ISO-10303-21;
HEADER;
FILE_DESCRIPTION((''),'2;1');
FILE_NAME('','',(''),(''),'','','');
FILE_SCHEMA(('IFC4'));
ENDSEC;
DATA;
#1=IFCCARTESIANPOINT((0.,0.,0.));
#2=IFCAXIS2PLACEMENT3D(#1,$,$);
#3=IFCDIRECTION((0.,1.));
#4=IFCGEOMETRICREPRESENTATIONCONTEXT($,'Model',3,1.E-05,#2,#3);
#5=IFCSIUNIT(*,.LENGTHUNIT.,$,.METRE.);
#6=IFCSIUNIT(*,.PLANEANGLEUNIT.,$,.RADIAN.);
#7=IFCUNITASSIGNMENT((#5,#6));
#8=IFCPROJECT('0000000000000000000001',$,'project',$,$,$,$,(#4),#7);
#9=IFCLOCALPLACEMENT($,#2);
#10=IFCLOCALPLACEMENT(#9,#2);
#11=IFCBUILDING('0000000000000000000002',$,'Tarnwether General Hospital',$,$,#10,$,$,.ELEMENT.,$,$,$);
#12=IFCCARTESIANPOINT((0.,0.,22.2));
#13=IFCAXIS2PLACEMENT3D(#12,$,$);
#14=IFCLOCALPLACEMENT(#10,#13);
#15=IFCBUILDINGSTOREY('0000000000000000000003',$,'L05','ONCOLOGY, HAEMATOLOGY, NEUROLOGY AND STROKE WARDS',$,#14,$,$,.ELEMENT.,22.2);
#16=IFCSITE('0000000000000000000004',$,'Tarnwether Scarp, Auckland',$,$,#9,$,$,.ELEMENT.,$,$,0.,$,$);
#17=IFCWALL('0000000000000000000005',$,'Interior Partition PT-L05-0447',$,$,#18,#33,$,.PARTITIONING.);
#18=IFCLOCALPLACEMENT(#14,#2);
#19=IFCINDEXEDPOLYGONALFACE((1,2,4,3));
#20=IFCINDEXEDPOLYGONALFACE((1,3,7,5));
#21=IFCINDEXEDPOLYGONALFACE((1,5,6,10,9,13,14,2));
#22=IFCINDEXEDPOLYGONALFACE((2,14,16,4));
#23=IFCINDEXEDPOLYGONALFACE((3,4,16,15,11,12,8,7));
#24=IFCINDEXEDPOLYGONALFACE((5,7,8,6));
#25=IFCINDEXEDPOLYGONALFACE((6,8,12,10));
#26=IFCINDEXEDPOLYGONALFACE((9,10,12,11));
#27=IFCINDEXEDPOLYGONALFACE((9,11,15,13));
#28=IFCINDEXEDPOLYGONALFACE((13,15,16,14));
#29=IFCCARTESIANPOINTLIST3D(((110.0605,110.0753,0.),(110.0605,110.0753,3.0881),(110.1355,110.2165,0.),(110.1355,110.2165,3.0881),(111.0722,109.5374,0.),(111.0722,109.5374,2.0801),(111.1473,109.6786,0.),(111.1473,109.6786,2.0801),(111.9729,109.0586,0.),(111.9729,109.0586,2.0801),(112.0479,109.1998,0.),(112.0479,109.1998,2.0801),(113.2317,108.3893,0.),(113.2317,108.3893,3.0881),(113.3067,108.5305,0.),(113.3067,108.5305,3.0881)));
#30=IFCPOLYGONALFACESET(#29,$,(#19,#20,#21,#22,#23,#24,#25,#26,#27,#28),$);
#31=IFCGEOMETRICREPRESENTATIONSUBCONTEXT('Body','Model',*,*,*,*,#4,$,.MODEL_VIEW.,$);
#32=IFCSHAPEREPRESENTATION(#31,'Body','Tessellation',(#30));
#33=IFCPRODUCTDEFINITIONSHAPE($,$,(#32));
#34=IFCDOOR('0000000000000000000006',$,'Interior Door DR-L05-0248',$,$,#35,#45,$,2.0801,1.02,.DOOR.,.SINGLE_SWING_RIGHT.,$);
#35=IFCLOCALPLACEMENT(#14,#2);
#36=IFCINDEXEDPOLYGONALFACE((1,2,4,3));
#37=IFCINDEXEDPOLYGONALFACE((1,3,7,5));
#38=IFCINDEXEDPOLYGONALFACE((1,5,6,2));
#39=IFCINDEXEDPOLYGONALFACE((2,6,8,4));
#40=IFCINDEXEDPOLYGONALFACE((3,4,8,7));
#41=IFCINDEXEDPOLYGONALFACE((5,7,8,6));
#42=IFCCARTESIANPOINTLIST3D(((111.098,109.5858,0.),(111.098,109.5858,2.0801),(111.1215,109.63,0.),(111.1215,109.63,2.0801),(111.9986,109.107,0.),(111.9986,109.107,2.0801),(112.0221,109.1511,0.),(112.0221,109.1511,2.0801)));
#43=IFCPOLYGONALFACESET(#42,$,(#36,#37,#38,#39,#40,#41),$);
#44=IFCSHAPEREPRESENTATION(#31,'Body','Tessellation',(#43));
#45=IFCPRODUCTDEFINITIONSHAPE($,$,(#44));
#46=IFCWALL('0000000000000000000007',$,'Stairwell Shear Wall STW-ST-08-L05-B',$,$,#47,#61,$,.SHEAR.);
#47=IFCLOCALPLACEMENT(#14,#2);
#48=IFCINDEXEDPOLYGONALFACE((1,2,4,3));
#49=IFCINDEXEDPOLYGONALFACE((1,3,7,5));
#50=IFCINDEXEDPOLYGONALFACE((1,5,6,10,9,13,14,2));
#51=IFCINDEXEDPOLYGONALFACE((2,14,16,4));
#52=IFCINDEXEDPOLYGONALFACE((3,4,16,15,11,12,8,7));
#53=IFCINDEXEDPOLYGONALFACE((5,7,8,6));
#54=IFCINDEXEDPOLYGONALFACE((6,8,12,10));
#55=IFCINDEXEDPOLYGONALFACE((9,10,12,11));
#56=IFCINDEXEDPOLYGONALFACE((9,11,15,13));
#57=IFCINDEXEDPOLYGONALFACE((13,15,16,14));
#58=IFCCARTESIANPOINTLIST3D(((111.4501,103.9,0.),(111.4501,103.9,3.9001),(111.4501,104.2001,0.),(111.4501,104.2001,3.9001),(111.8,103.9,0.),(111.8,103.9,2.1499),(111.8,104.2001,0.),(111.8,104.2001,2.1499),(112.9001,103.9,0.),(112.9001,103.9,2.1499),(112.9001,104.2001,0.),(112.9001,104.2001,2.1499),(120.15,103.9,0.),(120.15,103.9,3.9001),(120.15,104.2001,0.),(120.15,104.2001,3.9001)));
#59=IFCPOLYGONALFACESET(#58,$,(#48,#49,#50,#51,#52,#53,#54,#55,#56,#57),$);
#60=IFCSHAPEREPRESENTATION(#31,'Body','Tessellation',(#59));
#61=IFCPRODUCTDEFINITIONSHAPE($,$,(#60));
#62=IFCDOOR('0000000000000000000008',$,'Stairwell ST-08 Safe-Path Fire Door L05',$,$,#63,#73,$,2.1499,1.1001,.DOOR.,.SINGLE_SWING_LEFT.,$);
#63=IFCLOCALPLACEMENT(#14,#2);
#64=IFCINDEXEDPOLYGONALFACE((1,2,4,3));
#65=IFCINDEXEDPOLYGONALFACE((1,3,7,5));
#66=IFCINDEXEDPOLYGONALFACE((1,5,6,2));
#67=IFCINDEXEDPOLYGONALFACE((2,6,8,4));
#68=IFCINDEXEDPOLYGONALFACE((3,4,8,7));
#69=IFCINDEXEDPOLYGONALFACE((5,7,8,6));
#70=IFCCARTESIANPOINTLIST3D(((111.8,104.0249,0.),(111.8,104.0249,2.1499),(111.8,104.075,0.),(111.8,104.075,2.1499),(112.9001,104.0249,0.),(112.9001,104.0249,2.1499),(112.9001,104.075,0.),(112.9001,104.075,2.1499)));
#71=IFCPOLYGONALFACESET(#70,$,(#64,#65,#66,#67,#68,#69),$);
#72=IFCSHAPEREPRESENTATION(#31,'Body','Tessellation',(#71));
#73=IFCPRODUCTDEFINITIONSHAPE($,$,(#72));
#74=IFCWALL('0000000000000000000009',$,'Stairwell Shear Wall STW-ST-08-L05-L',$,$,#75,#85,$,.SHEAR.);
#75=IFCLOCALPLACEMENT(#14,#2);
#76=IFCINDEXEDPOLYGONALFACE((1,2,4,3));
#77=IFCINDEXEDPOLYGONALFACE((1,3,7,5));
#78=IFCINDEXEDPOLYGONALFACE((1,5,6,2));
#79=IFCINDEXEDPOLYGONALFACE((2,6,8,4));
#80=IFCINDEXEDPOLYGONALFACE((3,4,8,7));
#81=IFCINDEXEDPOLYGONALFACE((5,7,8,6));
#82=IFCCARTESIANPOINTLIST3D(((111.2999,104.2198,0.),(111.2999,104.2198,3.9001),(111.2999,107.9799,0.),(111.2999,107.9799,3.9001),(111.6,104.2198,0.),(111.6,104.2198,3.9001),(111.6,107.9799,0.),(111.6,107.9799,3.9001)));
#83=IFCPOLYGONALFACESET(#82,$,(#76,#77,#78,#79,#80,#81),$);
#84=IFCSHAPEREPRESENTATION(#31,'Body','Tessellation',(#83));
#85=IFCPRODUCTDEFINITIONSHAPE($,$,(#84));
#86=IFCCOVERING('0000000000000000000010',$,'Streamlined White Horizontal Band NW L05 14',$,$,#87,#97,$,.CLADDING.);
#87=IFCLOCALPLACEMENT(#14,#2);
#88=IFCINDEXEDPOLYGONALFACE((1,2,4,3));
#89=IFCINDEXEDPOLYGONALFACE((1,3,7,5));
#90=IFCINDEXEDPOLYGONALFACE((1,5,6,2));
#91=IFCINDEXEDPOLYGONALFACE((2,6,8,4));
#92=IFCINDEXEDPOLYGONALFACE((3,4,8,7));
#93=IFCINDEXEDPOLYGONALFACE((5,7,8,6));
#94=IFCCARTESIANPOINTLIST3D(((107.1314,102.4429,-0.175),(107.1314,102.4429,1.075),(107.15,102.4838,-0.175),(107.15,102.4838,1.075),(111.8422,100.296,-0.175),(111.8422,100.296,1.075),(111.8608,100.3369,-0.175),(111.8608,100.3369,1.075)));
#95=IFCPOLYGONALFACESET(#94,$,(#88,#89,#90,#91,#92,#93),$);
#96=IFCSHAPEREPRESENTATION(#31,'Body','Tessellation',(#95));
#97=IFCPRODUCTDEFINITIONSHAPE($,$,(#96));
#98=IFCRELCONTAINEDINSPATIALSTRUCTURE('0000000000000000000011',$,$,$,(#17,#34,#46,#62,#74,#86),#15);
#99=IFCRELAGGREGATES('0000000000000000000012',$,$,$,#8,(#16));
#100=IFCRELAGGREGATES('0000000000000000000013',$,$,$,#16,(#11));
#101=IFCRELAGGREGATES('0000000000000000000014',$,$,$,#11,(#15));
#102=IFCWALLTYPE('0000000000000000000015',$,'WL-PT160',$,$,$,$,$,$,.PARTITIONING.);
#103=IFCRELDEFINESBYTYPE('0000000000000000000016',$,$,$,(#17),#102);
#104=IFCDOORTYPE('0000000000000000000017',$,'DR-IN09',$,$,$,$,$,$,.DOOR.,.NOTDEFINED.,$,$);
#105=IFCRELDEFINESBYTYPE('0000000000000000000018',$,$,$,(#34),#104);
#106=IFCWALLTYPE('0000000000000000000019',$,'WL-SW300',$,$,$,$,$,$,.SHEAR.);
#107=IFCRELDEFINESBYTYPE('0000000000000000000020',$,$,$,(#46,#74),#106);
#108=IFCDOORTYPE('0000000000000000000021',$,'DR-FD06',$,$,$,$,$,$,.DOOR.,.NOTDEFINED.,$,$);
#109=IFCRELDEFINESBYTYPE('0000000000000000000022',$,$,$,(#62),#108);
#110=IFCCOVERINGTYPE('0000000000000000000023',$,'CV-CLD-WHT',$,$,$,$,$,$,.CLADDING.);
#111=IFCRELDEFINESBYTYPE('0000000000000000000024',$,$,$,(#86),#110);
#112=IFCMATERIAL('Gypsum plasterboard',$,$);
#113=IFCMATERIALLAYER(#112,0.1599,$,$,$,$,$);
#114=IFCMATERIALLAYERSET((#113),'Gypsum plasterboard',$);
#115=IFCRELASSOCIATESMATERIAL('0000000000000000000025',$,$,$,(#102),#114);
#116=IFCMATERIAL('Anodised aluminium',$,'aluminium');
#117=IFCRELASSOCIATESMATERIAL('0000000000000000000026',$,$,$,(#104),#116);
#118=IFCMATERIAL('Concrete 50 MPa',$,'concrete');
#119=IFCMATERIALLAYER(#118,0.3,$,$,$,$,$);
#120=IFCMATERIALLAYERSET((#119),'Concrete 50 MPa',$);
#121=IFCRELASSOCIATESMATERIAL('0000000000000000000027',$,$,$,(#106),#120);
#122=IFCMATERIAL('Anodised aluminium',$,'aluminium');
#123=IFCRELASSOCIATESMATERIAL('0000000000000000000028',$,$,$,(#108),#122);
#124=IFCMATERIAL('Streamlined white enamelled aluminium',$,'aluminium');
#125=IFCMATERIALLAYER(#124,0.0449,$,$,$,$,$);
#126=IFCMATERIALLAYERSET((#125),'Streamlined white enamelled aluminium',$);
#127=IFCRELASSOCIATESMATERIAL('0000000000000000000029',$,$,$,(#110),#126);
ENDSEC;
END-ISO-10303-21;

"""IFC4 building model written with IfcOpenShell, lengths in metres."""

from ifc_helpers import new_model, si_unit, direction, frame, frame_2d, origin, origin_2d, place, context, subcontext, project, spatial, rectangle, extrude, material, layer, layer_set, type_object, element, fill, save


model = new_model("IFC4")

# Units and contexts
model_context = context("Model", 3, precision=1e-05, world=origin(), true_north=direction((0.0, 1.0)))
body_context = subcontext(model_context, "Body", "Model", "MODEL_VIEW")
ifc_project = project(units=[si_unit("LENGTHUNIT", "METRE"), si_unit("PLANEANGLEUNIT", "RADIAN")], contexts=[model_context])

# Site, building, storey
site_placement = place(None, origin())
site = spatial("IfcSite", under=ifc_project, at=site_placement, Name="Tarnwether Scarp, Auckland", CompositionType="ELEMENT", RefElevation=0.0)
building_placement = place(site_placement, origin())
building = spatial("IfcBuilding", under=site, at=building_placement, Name="Tarnwether General Hospital", CompositionType="ELEMENT")
storey_placement = place(building_placement, frame((0.0, 0.0, 22.2)))
storey = spatial("IfcBuildingStorey", under=building, at=storey_placement, Name="L05", Description="ONCOLOGY, HAEMATOLOGY, NEUROLOGY AND STROKE WARDS", CompositionType="ELEMENT", Elevation=22.2)

# Walls, openings, doors
ifc_material_1 = material(Name="Gypsum plasterboard")
ifc_layer_1 = layer(ifc_material_1, 0.1599)
ifc_layer_set_1 = layer_set([ifc_layer_1], Name="Gypsum plasterboard")
wall_type_1 = type_object("IfcWallType", Name="WL-PT160", PredefinedType="PARTITIONING", material=ifc_layer_set_1)
wall_1_placement = place(storey_placement, frame((110.0979, 110.146, 0.0), z_axis=(0.0, 0.0, 1.0), x_axis=(0.882958, -0.469452, 0.0)))
wall_1 = element("IfcWall", 1, at=wall_1_placement, inside=storey, type_object=wall_type_1, Name="Interior Partition PT-L05-0447", PredefinedType="PARTITIONING", context=body_context, shape_type="SweptSolid", body=[
    extrude(rectangle(XDim=3.5916, YDim=0.1599, at=frame_2d((1.7959, 0.0))), origin(), (0.0, 0.0, 1.0), 3.0881),
])
opening_1_placement = place(wall_1_placement, frame((1.146, 0.0, 0.0)))
opening_1 = element("IfcOpeningElement", 2, at=opening_1_placement, cuts=wall_1, PredefinedType="OPENING", context=body_context, shape_type="SweptSolid", body=[
    extrude(rectangle(XDim=1.02, YDim=2.0801, at=frame_2d((0.51, 1.04))), frame((0.0, 0.0898, 0.0), z_axis=(0.0, -1.0, 0.0), x_axis=(1.0, 0.0, 0.0)), (0.0, 0.0, 1.0), 0.1799),
])
ifc_material_2 = material(Name="Anodised aluminium", Category="aluminium")
door_type_1 = type_object("IfcDoorType", Name="DR-IN09", OperationType="NOTDEFINED", PredefinedType="DOOR", material=ifc_material_2)
door_1_placement = place(opening_1_placement, origin())
door_1 = element("IfcDoor", 3, at=door_1_placement, inside=storey, type_object=door_type_1, Name="Interior Door DR-L05-0248", OperationType="SINGLE_SWING_RIGHT", OverallHeight=2.0801, OverallWidth=1.02, PredefinedType="DOOR", context=body_context, shape_type="SweptSolid", body=[
    extrude(rectangle(XDim=1.02, YDim=2.0801, at=frame_2d((0.51, 1.04))), frame((0.0, 0.0249, 0.0), z_axis=(0.0, -1.0, 0.0), x_axis=(1.0, 0.0, 0.0)), (0.0, 0.0, 1.0), 0.05),
])
fill(opening_1, door_1)
ifc_material_3 = material(Name="Concrete 50 MPa", Category="concrete")
ifc_layer_2 = layer(ifc_material_3, 0.3)
ifc_layer_set_2 = layer_set([ifc_layer_2], Name="Concrete 50 MPa")
wall_type_2 = type_object("IfcWallType", Name="WL-SW300", PredefinedType="SHEAR", material=ifc_layer_set_2)
wall_2_placement = place(storey_placement, frame((111.45, 104.05, 0.0), z_axis=(0.0, 0.0, 1.0), x_axis=(1.0, 0.0, 0.0)))
wall_2 = element("IfcWall", 4, at=wall_2_placement, inside=storey, type_object=wall_type_2, Name="Stairwell Shear Wall STW-ST-08-L05-B", PredefinedType="SHEAR", context=body_context, shape_type="SweptSolid", body=[
    extrude(rectangle(XDim=8.7, YDim=0.3, at=frame_2d((4.3501, 0.0))), origin(), (0.0, 0.0, 1.0), 3.9001),
])
opening_2_placement = place(wall_2_placement, frame((0.3501, 0.0, 0.0)))
opening_2 = element("IfcOpeningElement", 5, at=opening_2_placement, cuts=wall_2, PredefinedType="OPENING", context=body_context, shape_type="SweptSolid", body=[
    extrude(rectangle(XDim=1.1001, YDim=2.1499, at=frame_2d((0.55, 1.075))), frame((0.0, 0.1602, 0.0), z_axis=(0.0, -1.0, 0.0), x_axis=(1.0, 0.0, 0.0)), (0.0, 0.0, 1.0), 0.3201),
])
ifc_material_4 = material(Name="Anodised aluminium", Category="aluminium")
door_type_2 = type_object("IfcDoorType", Name="DR-FD06", OperationType="NOTDEFINED", PredefinedType="DOOR", material=ifc_material_4)
door_2_placement = place(opening_2_placement, origin())
door_2 = element("IfcDoor", 6, at=door_2_placement, inside=storey, type_object=door_type_2, Name="Stairwell ST-08 Safe-Path Fire Door L05", OperationType="SINGLE_SWING_LEFT", OverallHeight=2.1499, OverallWidth=1.1001, PredefinedType="DOOR", context=body_context, shape_type="SweptSolid", body=[
    extrude(rectangle(XDim=1.1001, YDim=2.1499, at=frame_2d((0.55, 1.075))), frame((0.0, 0.0249, 0.0), z_axis=(0.0, -1.0, 0.0), x_axis=(1.0, 0.0, 0.0)), (0.0, 0.0, 1.0), 0.05),
])
fill(opening_2, door_2)

# Wall
wall_3_placement = place(storey_placement, frame((111.45, 104.22, 0.0), z_axis=(0.0, 0.0, 1.0), x_axis=(0.0, 1.0, 0.0)))
element("IfcWall", 7, at=wall_3_placement, inside=storey, type_object=wall_type_2, Name="Stairwell Shear Wall STW-ST-08-L05-L", PredefinedType="SHEAR", context=body_context, shape_type="SweptSolid", body=[
    extrude(rectangle(XDim=3.76, YDim=0.3, at=frame_2d((1.8799, 0.0))), origin(), (0.0, 0.0, 1.0), 3.9001),
])

# Covering
ifc_material_5 = material(Name="Streamlined white enamelled aluminium", Category="aluminium")
ifc_layer_3 = layer(ifc_material_5, 0.0449)
ifc_layer_set_3 = layer_set([ifc_layer_3], Name="Streamlined white enamelled aluminium")
covering_type = type_object("IfcCoveringType", Name="CV-CLD-WHT", PredefinedType="CLADDING", material=ifc_layer_set_3)
covering_placement = place(storey_placement, frame((109.4961, 101.3899, -0.175), z_axis=(0.0, 0.0, 1.0), x_axis=(-0.909954, 0.414709, 0.0)))
element("IfcCovering", 8, at=covering_placement, inside=storey, type_object=covering_type, Name="Streamlined White Horizontal Band NW L05 14", PredefinedType="CLADDING", context=body_context, shape_type="SweptSolid", body=[
    extrude(rectangle(XDim=5.177, YDim=0.0449, at=origin_2d()), origin(), (0.0, 0.0, 1.0), 1.25),
])

save(model, "model.ifc")
